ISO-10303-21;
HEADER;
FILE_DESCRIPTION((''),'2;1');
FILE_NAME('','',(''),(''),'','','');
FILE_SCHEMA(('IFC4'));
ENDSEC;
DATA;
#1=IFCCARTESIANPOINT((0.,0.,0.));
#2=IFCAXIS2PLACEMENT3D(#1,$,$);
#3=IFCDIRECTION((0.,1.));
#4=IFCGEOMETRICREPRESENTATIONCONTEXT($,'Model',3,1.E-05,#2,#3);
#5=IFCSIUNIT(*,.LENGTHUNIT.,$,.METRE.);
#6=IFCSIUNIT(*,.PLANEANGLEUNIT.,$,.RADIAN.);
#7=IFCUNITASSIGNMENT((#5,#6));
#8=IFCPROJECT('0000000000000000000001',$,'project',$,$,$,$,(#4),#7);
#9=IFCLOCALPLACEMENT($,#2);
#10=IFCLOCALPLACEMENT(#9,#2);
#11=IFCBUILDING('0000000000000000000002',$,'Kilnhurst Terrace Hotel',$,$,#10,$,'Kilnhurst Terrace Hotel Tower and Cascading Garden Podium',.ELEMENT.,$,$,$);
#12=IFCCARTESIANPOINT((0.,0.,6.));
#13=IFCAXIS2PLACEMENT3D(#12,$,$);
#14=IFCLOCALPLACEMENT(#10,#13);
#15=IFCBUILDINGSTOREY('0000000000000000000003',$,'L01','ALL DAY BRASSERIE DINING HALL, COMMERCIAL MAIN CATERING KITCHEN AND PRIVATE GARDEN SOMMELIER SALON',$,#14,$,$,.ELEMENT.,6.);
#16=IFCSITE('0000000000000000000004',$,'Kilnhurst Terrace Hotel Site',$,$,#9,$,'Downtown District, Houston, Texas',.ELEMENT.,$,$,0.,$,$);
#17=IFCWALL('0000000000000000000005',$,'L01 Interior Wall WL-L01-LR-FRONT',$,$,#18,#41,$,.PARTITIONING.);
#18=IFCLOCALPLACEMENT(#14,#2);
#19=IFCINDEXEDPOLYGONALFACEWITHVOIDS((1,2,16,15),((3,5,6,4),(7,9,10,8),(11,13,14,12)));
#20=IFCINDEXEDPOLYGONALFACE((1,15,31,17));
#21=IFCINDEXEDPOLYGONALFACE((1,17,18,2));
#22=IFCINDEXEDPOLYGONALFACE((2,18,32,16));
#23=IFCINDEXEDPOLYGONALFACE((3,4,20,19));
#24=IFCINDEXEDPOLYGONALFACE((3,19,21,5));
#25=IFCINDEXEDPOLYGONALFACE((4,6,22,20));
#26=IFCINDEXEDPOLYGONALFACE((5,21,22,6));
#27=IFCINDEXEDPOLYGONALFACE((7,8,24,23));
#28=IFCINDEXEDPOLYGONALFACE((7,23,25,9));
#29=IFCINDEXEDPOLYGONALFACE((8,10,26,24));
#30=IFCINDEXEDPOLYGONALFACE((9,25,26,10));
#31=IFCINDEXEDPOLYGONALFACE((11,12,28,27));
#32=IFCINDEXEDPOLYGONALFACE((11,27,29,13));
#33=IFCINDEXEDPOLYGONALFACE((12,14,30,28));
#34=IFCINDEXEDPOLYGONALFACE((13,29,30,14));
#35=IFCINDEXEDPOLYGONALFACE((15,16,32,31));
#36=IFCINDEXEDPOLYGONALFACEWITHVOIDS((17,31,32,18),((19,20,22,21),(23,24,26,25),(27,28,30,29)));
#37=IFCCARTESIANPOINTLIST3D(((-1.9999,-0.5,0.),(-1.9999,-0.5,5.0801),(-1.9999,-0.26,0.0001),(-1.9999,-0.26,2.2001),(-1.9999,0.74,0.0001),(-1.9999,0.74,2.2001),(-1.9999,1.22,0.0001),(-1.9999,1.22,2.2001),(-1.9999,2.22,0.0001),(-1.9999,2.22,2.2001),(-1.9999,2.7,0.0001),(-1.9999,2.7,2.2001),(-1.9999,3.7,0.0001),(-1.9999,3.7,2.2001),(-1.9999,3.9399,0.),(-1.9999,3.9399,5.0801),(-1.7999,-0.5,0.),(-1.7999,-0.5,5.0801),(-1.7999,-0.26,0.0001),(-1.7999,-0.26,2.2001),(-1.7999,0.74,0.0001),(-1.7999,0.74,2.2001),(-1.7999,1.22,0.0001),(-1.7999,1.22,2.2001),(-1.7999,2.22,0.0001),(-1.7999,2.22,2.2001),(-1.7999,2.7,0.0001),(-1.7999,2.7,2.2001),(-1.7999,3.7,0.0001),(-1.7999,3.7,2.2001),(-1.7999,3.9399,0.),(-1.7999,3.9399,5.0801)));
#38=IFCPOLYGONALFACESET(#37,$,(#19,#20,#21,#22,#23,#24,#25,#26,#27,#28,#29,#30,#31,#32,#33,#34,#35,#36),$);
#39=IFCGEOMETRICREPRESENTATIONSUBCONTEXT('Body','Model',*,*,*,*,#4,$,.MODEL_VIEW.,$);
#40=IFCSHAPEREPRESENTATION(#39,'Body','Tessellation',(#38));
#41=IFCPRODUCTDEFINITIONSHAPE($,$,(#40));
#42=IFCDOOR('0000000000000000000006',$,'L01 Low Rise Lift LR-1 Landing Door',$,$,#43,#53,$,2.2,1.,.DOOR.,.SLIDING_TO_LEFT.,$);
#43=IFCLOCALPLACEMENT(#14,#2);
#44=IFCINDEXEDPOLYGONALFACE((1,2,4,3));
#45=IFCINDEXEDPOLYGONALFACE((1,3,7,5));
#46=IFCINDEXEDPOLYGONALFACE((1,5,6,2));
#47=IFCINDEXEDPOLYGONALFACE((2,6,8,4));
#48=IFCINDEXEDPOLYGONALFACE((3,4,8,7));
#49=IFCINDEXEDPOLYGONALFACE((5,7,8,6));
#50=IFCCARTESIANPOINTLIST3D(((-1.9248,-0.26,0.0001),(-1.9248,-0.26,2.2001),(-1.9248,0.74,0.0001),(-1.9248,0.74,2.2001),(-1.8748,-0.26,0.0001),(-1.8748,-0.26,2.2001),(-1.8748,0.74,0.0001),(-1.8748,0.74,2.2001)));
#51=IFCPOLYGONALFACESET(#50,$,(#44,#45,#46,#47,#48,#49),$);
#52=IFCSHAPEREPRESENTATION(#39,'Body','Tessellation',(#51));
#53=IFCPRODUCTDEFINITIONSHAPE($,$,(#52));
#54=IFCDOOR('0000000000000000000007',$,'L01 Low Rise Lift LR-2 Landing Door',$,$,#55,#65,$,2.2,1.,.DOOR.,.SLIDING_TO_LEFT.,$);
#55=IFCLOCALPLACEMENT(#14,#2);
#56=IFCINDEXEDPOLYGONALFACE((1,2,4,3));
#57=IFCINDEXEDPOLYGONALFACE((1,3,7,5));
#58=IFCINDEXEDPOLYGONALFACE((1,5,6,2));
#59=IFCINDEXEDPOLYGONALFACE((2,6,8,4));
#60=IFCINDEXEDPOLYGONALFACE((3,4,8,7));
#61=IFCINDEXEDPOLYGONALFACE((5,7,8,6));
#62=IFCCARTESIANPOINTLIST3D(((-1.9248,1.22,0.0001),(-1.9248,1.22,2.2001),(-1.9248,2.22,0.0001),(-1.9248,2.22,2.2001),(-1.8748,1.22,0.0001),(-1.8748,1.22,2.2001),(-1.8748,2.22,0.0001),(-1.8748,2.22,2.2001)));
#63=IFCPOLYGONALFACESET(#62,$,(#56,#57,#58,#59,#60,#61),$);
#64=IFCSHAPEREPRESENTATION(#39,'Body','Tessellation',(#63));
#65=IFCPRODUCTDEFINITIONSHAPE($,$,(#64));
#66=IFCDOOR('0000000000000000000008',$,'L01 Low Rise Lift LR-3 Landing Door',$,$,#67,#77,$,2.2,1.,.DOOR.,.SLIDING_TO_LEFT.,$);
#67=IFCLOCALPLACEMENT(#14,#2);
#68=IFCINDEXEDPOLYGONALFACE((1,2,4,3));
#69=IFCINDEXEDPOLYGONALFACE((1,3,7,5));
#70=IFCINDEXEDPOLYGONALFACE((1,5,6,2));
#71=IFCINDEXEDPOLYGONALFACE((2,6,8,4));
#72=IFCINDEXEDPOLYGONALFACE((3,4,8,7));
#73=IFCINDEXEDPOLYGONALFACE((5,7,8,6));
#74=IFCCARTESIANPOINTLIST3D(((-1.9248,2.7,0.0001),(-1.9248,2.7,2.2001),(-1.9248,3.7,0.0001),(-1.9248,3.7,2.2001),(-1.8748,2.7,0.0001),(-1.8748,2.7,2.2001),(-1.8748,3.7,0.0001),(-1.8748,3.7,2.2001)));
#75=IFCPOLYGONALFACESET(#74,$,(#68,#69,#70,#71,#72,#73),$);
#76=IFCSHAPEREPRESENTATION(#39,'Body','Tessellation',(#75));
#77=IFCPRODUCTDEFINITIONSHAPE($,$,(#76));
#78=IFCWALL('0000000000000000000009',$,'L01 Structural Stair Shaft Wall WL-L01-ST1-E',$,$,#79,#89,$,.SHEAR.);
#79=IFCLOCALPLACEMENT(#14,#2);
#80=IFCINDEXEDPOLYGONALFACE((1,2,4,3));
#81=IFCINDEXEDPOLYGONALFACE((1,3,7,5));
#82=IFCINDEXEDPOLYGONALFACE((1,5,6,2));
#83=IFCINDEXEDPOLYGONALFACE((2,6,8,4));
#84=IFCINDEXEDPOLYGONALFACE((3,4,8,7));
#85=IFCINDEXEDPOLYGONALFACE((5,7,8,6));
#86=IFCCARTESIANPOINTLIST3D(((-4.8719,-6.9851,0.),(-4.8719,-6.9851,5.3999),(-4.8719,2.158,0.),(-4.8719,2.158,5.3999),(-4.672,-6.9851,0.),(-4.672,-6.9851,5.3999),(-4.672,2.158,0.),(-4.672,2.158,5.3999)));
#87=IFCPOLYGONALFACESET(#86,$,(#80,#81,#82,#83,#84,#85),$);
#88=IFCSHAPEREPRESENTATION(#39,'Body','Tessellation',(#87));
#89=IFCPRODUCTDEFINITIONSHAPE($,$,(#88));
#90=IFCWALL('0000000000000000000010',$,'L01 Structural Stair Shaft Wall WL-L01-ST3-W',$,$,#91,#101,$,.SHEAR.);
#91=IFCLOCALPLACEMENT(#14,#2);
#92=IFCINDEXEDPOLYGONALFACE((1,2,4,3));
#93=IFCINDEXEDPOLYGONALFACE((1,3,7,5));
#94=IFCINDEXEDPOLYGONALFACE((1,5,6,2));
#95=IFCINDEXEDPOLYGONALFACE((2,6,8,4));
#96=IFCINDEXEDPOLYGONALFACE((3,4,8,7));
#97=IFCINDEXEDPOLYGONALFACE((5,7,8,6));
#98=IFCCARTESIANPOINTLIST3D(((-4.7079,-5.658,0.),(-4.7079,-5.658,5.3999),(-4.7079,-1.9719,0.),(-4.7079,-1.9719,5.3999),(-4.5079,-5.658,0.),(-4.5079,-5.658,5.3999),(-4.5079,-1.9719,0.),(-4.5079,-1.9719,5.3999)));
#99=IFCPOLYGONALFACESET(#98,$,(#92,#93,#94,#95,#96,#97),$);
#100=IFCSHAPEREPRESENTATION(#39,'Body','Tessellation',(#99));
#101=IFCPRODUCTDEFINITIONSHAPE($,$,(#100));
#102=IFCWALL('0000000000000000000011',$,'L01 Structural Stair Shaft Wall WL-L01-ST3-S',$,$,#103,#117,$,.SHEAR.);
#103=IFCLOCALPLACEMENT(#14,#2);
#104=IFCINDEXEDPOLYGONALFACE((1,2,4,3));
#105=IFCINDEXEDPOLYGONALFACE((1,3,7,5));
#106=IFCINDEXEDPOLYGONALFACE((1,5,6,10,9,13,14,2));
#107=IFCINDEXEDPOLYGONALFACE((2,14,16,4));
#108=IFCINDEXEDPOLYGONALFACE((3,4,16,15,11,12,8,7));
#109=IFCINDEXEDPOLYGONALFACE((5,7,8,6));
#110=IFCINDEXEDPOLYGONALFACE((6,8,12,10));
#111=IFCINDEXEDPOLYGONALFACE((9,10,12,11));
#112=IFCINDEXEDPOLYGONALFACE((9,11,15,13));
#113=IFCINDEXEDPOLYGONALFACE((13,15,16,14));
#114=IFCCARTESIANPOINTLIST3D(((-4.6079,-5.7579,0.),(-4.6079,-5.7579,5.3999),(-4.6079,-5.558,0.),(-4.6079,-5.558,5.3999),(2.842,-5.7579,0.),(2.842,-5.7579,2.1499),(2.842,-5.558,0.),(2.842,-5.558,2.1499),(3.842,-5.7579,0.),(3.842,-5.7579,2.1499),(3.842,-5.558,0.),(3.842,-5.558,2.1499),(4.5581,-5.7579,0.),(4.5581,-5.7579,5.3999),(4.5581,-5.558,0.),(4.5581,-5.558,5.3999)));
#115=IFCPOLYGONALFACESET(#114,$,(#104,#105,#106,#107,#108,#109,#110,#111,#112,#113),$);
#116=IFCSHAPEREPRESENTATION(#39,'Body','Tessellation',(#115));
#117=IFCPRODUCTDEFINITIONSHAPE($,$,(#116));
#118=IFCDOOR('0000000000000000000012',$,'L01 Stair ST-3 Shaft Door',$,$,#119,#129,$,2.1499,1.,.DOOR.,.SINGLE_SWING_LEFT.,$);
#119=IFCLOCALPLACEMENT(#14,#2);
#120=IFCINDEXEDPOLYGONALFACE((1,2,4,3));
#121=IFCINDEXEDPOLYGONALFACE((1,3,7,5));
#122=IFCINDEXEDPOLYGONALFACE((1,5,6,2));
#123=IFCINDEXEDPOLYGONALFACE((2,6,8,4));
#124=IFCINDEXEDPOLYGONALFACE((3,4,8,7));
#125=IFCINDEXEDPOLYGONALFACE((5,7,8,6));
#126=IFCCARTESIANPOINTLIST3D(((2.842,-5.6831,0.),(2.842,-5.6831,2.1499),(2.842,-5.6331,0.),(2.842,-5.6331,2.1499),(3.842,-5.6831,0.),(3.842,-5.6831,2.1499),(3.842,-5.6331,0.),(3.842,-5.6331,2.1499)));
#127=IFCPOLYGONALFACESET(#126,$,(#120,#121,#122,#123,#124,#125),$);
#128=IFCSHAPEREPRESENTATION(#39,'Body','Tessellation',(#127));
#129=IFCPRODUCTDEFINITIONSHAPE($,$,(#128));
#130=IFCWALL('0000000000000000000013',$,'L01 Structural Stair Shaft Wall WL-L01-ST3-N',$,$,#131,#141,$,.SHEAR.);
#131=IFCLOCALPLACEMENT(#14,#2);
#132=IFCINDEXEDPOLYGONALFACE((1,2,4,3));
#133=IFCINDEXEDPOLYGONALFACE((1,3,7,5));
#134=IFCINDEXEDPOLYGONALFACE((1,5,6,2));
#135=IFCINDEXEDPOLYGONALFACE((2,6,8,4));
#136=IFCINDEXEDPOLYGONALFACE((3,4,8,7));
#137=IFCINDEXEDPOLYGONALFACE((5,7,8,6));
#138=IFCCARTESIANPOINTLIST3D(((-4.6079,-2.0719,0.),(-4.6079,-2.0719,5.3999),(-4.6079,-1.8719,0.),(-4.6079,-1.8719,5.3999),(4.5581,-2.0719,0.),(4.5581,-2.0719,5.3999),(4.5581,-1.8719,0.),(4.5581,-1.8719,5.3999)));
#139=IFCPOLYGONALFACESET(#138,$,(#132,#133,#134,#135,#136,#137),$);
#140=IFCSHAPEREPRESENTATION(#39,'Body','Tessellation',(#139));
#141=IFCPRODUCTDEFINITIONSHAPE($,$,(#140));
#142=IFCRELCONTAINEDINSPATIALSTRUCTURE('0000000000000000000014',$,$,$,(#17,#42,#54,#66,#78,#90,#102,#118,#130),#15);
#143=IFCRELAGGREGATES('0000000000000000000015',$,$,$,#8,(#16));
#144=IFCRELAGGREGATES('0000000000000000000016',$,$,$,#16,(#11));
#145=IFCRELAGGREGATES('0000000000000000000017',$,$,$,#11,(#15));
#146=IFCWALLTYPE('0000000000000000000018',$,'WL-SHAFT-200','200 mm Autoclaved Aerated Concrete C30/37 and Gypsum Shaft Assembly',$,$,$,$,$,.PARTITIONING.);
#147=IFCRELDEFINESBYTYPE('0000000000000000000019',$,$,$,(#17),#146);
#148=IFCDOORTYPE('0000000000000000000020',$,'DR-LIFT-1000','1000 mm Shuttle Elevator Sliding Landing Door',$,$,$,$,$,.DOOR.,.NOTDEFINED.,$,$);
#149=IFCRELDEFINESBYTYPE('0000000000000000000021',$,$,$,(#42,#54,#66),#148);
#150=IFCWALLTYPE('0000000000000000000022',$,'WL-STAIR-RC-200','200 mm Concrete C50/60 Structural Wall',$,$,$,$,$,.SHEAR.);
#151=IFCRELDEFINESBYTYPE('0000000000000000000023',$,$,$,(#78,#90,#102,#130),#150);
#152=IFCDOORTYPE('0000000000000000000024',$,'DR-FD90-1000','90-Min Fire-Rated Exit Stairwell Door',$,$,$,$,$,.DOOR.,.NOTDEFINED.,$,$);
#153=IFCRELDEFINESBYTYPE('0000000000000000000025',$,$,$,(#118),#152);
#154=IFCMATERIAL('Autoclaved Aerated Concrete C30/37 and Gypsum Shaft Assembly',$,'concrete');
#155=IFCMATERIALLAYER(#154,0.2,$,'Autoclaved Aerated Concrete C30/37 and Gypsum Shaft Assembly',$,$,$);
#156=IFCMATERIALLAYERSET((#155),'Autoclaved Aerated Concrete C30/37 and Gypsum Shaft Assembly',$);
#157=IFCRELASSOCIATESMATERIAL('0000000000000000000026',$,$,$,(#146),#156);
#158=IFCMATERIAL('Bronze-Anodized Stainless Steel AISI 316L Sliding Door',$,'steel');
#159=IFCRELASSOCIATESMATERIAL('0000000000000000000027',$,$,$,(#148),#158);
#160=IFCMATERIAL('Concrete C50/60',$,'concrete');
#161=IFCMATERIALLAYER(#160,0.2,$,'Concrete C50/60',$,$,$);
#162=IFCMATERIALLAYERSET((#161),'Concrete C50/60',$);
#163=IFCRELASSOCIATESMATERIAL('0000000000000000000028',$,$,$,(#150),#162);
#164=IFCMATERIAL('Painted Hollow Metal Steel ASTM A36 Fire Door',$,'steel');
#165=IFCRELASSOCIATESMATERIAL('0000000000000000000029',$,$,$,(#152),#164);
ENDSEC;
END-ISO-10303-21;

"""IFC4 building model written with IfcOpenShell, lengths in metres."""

from ifc_helpers import new_model, si_unit, direction, frame, frame_2d, origin, place, context, subcontext, project, spatial, rectangle, extrude, material, layer, layer_set, type_object, element, fill, save


model = new_model("IFC4")

# Units and contexts
model_context = context("Model", 3, precision=1e-05, world=origin(), true_north=direction((0.0, 1.0)))
body_context = subcontext(model_context, "Body", "Model", "MODEL_VIEW")
ifc_project = project(units=[si_unit("LENGTHUNIT", "METRE"), si_unit("PLANEANGLEUNIT", "RADIAN")], contexts=[model_context])

# Site, building, storey
site_placement = place(None, origin())
site = spatial("IfcSite", under=ifc_project, at=site_placement, Name="Kilnhurst Terrace Hotel Site", LongName="Downtown District, Houston, Texas", CompositionType="ELEMENT", RefElevation=0.0)
building_placement = place(site_placement, origin())
building = spatial("IfcBuilding", under=site, at=building_placement, Name="Kilnhurst Terrace Hotel", LongName="Kilnhurst Terrace Hotel Tower and Cascading Garden Podium", CompositionType="ELEMENT")
storey_placement = place(building_placement, frame((0.0, 0.0, 6.0)))
storey = spatial("IfcBuildingStorey", under=building, at=storey_placement, Name="L01", Description="ALL DAY BRASSERIE DINING HALL, COMMERCIAL MAIN CATERING KITCHEN AND PRIVATE GARDEN SOMMELIER SALON", CompositionType="ELEMENT", Elevation=6.0)

# Shared definitions
ifc_material_1 = material(Name="Concrete C50/60", Category="concrete")

# Shared definitions
ifc_material_2 = material(Name="Autoclaved Aerated Concrete C30/37 and Gypsum Shaft Assembly", Category="concrete")
ifc_layer_1 = layer(ifc_material_2, 0.2, Name="Autoclaved Aerated Concrete C30/37 and Gypsum Shaft Assembly")
ifc_layer_set_1 = layer_set([ifc_layer_1], Name="Autoclaved Aerated Concrete C30/37 and Gypsum Shaft Assembly")
wall_type_1 = type_object("IfcWallType", Name="WL-SHAFT-200", Description="200 mm Autoclaved Aerated Concrete C30/37 and Gypsum Shaft Assembly", PredefinedType="PARTITIONING", material=ifc_layer_set_1)
ifc_material_3 = material(Name="Bronze-Anodized Stainless Steel AISI 316L Sliding Door", Category="steel")
door_type_1 = type_object("IfcDoorType", Name="DR-LIFT-1000", Description="1000 mm Shuttle Elevator Sliding Landing Door", OperationType="NOTDEFINED", PredefinedType="DOOR", material=ifc_material_3)

# Wall, openings, doors
wall_1_placement = place(storey_placement, frame((-1.8999, -0.5, 0.0), z_axis=(0.0, 0.0, 1.0), x_axis=(0.0, 1.0, 0.0)))
wall_1 = element("IfcWall", 1, at=wall_1_placement, inside=storey, type_object=wall_type_1, Name="L01 Interior Wall WL-L01-LR-FRONT", PredefinedType="PARTITIONING", context=body_context, shape_type="SweptSolid", body=[
    extrude(rectangle(XDim=4.4399, YDim=0.2, at=frame_2d((2.22, 0.0))), origin(), (0.0, 0.0, 1.0), 5.0801),
])
opening_1_placement = place(wall_1_placement, frame((0.24, 0.0, 0.0)))
opening_1 = element("IfcOpeningElement", 2, at=opening_1_placement, cuts=wall_1, PredefinedType="OPENING", context=body_context, shape_type="SweptSolid", body=[
    extrude(rectangle(XDim=1.0, YDim=2.2, at=frame_2d((0.5, 1.1001))), frame((0.0, 0.1099, 0.0), z_axis=(0.0, -1.0, 0.0), x_axis=(1.0, 0.0, 0.0)), (0.0, 0.0, 1.0), 0.22),
])
opening_2_placement = place(wall_1_placement, frame((1.72, 0.0, 0.0)))
opening_2 = element("IfcOpeningElement", 3, at=opening_2_placement, cuts=wall_1, PredefinedType="OPENING", context=body_context, shape_type="SweptSolid", body=[
    extrude(rectangle(XDim=1.0, YDim=2.2, at=frame_2d((0.5, 1.1001))), frame((0.0, 0.1099, 0.0), z_axis=(0.0, -1.0, 0.0), x_axis=(1.0, 0.0, 0.0)), (0.0, 0.0, 1.0), 0.22),
])
opening_3_placement = place(wall_1_placement, frame((3.2, 0.0, 0.0)))
opening_3 = element("IfcOpeningElement", 4, at=opening_3_placement, cuts=wall_1, PredefinedType="OPENING", context=body_context, shape_type="SweptSolid", body=[
    extrude(rectangle(XDim=1.0, YDim=2.2, at=frame_2d((0.5, 1.1001))), frame((0.0, 0.1099, 0.0), z_axis=(0.0, -1.0, 0.0), x_axis=(1.0, 0.0, 0.0)), (0.0, 0.0, 1.0), 0.22),
])
door_1_placement = place(opening_1_placement, origin())
door_1 = element("IfcDoor", 5, at=door_1_placement, inside=storey, type_object=door_type_1, Name="L01 Low Rise Lift LR-1 Landing Door", OperationType="SLIDING_TO_LEFT", OverallHeight=2.2, OverallWidth=1.0, PredefinedType="DOOR", context=body_context, shape_type="SweptSolid", body=[
    extrude(rectangle(XDim=1.0, YDim=2.2, at=frame_2d((0.5, 1.1001))), frame((0.0, 0.0249, 0.0), z_axis=(0.0, -1.0, 0.0), x_axis=(1.0, 0.0, 0.0)), (0.0, 0.0, 1.0), 0.05),
])
fill(opening_1, door_1)
door_2_placement = place(opening_2_placement, origin())
door_2 = element("IfcDoor", 6, at=door_2_placement, inside=storey, type_object=door_type_1, Name="L01 Low Rise Lift LR-2 Landing Door", OperationType="SLIDING_TO_LEFT", OverallHeight=2.2, OverallWidth=1.0, PredefinedType="DOOR", context=body_context, shape_type="SweptSolid", body=[
    extrude(rectangle(XDim=1.0, YDim=2.2, at=frame_2d((0.5, 1.1001))), frame((0.0, 0.0249, 0.0), z_axis=(0.0, -1.0, 0.0), x_axis=(1.0, 0.0, 0.0)), (0.0, 0.0, 1.0), 0.05),
])
fill(opening_2, door_2)
door_3_placement = place(opening_3_placement, origin())
door_3 = element("IfcDoor", 7, at=door_3_placement, inside=storey, type_object=door_type_1, Name="L01 Low Rise Lift LR-3 Landing Door", OperationType="SLIDING_TO_LEFT", OverallHeight=2.2, OverallWidth=1.0, PredefinedType="DOOR", context=body_context, shape_type="SweptSolid", body=[
    extrude(rectangle(XDim=1.0, YDim=2.2, at=frame_2d((0.5, 1.1001))), frame((0.0, 0.0249, 0.0), z_axis=(0.0, -1.0, 0.0), x_axis=(1.0, 0.0, 0.0)), (0.0, 0.0, 1.0), 0.05),
])
fill(opening_3, door_3)

# Walls
ifc_layer_2 = layer(ifc_material_1, 0.2, Name="Concrete C50/60")
ifc_layer_set_2 = layer_set([ifc_layer_2], Name="Concrete C50/60")
wall_type_2 = type_object("IfcWallType", Name="WL-STAIR-RC-200", Description="200 mm Concrete C50/60 Structural Wall", PredefinedType="SHEAR", material=ifc_layer_set_2)
wall_2_placement = place(storey_placement, frame((-4.772, -6.9851, 0.0), z_axis=(0.0, 0.0, 1.0), x_axis=(0.0, 1.0, 0.0)))
element("IfcWall", 8, at=wall_2_placement, inside=storey, type_object=wall_type_2, Name="L01 Structural Stair Shaft Wall WL-L01-ST1-E", PredefinedType="SHEAR", context=body_context, shape_type="SweptSolid", body=[
    extrude(rectangle(XDim=9.1431, YDim=0.2, at=frame_2d((4.5715, 0.0))), origin(), (0.0, 0.0, 1.0), 5.3999),
])
wall_3_placement = place(storey_placement, frame((-4.6079, -5.658, 0.0), z_axis=(0.0, 0.0, 1.0), x_axis=(0.0, 1.0, 0.0)))
element("IfcWall", 9, at=wall_3_placement, inside=storey, type_object=wall_type_2, Name="L01 Structural Stair Shaft Wall WL-L01-ST3-W", PredefinedType="SHEAR", context=body_context, shape_type="SweptSolid", body=[
    extrude(rectangle(XDim=3.686, YDim=0.2, at=frame_2d((1.843, 0.0))), origin(), (0.0, 0.0, 1.0), 5.3999),
])

# Wall, opening, door
wall_4_placement = place(storey_placement, frame((-4.6079, -5.658, 0.0), z_axis=(0.0, 0.0, 1.0), x_axis=(1.0, 0.0, 0.0)))
wall_4 = element("IfcWall", 10, at=wall_4_placement, inside=storey, type_object=wall_type_2, Name="L01 Structural Stair Shaft Wall WL-L01-ST3-S", PredefinedType="SHEAR", context=body_context, shape_type="SweptSolid", body=[
    extrude(rectangle(XDim=9.166, YDim=0.2, at=frame_2d((4.583, 0.0))), origin(), (0.0, 0.0, 1.0), 5.3999),
])
opening_4_placement = place(wall_4_placement, frame((7.45, 0.0, 0.0)))
opening_4 = element("IfcOpeningElement", 11, at=opening_4_placement, cuts=wall_4, PredefinedType="OPENING", context=body_context, shape_type="SweptSolid", body=[
    extrude(rectangle(XDim=1.0, YDim=2.1499, at=frame_2d((0.5, 1.075))), frame((0.0, 0.1099, 0.0), z_axis=(0.0, -1.0, 0.0), x_axis=(1.0, 0.0, 0.0)), (0.0, 0.0, 1.0), 0.22),
])
ifc_material_4 = material(Name="Painted Hollow Metal Steel ASTM A36 Fire Door", Category="steel")
door_type_2 = type_object("IfcDoorType", Name="DR-FD90-1000", Description="90-Min Fire-Rated Exit Stairwell Door", OperationType="NOTDEFINED", PredefinedType="DOOR", material=ifc_material_4)
door_4_placement = place(opening_4_placement, origin())
door_4 = element("IfcDoor", 12, at=door_4_placement, inside=storey, type_object=door_type_2, Name="L01 Stair ST-3 Shaft Door", OperationType="SINGLE_SWING_LEFT", OverallHeight=2.1499, OverallWidth=1.0, PredefinedType="DOOR", context=body_context, shape_type="SweptSolid", body=[
    extrude(rectangle(XDim=1.0, YDim=2.1499, at=frame_2d((0.5, 1.075))), frame((0.0, 0.0249, 0.0), z_axis=(0.0, -1.0, 0.0), x_axis=(1.0, 0.0, 0.0)), (0.0, 0.0, 1.0), 0.05),
])
fill(opening_4, door_4)

# Wall
wall_5_placement = place(storey_placement, frame((-4.6079, -1.9719, 0.0), z_axis=(0.0, 0.0, 1.0), x_axis=(1.0, 0.0, 0.0)))
element("IfcWall", 13, at=wall_5_placement, inside=storey, type_object=wall_type_2, Name="L01 Structural Stair Shaft Wall WL-L01-ST3-N", PredefinedType="SHEAR", context=body_context, shape_type="SweptSolid", body=[
    extrude(rectangle(XDim=9.166, YDim=0.2, at=frame_2d((4.583, 0.0))), origin(), (0.0, 0.0, 1.0), 5.3999),
])

save(model, "model.ifc")
